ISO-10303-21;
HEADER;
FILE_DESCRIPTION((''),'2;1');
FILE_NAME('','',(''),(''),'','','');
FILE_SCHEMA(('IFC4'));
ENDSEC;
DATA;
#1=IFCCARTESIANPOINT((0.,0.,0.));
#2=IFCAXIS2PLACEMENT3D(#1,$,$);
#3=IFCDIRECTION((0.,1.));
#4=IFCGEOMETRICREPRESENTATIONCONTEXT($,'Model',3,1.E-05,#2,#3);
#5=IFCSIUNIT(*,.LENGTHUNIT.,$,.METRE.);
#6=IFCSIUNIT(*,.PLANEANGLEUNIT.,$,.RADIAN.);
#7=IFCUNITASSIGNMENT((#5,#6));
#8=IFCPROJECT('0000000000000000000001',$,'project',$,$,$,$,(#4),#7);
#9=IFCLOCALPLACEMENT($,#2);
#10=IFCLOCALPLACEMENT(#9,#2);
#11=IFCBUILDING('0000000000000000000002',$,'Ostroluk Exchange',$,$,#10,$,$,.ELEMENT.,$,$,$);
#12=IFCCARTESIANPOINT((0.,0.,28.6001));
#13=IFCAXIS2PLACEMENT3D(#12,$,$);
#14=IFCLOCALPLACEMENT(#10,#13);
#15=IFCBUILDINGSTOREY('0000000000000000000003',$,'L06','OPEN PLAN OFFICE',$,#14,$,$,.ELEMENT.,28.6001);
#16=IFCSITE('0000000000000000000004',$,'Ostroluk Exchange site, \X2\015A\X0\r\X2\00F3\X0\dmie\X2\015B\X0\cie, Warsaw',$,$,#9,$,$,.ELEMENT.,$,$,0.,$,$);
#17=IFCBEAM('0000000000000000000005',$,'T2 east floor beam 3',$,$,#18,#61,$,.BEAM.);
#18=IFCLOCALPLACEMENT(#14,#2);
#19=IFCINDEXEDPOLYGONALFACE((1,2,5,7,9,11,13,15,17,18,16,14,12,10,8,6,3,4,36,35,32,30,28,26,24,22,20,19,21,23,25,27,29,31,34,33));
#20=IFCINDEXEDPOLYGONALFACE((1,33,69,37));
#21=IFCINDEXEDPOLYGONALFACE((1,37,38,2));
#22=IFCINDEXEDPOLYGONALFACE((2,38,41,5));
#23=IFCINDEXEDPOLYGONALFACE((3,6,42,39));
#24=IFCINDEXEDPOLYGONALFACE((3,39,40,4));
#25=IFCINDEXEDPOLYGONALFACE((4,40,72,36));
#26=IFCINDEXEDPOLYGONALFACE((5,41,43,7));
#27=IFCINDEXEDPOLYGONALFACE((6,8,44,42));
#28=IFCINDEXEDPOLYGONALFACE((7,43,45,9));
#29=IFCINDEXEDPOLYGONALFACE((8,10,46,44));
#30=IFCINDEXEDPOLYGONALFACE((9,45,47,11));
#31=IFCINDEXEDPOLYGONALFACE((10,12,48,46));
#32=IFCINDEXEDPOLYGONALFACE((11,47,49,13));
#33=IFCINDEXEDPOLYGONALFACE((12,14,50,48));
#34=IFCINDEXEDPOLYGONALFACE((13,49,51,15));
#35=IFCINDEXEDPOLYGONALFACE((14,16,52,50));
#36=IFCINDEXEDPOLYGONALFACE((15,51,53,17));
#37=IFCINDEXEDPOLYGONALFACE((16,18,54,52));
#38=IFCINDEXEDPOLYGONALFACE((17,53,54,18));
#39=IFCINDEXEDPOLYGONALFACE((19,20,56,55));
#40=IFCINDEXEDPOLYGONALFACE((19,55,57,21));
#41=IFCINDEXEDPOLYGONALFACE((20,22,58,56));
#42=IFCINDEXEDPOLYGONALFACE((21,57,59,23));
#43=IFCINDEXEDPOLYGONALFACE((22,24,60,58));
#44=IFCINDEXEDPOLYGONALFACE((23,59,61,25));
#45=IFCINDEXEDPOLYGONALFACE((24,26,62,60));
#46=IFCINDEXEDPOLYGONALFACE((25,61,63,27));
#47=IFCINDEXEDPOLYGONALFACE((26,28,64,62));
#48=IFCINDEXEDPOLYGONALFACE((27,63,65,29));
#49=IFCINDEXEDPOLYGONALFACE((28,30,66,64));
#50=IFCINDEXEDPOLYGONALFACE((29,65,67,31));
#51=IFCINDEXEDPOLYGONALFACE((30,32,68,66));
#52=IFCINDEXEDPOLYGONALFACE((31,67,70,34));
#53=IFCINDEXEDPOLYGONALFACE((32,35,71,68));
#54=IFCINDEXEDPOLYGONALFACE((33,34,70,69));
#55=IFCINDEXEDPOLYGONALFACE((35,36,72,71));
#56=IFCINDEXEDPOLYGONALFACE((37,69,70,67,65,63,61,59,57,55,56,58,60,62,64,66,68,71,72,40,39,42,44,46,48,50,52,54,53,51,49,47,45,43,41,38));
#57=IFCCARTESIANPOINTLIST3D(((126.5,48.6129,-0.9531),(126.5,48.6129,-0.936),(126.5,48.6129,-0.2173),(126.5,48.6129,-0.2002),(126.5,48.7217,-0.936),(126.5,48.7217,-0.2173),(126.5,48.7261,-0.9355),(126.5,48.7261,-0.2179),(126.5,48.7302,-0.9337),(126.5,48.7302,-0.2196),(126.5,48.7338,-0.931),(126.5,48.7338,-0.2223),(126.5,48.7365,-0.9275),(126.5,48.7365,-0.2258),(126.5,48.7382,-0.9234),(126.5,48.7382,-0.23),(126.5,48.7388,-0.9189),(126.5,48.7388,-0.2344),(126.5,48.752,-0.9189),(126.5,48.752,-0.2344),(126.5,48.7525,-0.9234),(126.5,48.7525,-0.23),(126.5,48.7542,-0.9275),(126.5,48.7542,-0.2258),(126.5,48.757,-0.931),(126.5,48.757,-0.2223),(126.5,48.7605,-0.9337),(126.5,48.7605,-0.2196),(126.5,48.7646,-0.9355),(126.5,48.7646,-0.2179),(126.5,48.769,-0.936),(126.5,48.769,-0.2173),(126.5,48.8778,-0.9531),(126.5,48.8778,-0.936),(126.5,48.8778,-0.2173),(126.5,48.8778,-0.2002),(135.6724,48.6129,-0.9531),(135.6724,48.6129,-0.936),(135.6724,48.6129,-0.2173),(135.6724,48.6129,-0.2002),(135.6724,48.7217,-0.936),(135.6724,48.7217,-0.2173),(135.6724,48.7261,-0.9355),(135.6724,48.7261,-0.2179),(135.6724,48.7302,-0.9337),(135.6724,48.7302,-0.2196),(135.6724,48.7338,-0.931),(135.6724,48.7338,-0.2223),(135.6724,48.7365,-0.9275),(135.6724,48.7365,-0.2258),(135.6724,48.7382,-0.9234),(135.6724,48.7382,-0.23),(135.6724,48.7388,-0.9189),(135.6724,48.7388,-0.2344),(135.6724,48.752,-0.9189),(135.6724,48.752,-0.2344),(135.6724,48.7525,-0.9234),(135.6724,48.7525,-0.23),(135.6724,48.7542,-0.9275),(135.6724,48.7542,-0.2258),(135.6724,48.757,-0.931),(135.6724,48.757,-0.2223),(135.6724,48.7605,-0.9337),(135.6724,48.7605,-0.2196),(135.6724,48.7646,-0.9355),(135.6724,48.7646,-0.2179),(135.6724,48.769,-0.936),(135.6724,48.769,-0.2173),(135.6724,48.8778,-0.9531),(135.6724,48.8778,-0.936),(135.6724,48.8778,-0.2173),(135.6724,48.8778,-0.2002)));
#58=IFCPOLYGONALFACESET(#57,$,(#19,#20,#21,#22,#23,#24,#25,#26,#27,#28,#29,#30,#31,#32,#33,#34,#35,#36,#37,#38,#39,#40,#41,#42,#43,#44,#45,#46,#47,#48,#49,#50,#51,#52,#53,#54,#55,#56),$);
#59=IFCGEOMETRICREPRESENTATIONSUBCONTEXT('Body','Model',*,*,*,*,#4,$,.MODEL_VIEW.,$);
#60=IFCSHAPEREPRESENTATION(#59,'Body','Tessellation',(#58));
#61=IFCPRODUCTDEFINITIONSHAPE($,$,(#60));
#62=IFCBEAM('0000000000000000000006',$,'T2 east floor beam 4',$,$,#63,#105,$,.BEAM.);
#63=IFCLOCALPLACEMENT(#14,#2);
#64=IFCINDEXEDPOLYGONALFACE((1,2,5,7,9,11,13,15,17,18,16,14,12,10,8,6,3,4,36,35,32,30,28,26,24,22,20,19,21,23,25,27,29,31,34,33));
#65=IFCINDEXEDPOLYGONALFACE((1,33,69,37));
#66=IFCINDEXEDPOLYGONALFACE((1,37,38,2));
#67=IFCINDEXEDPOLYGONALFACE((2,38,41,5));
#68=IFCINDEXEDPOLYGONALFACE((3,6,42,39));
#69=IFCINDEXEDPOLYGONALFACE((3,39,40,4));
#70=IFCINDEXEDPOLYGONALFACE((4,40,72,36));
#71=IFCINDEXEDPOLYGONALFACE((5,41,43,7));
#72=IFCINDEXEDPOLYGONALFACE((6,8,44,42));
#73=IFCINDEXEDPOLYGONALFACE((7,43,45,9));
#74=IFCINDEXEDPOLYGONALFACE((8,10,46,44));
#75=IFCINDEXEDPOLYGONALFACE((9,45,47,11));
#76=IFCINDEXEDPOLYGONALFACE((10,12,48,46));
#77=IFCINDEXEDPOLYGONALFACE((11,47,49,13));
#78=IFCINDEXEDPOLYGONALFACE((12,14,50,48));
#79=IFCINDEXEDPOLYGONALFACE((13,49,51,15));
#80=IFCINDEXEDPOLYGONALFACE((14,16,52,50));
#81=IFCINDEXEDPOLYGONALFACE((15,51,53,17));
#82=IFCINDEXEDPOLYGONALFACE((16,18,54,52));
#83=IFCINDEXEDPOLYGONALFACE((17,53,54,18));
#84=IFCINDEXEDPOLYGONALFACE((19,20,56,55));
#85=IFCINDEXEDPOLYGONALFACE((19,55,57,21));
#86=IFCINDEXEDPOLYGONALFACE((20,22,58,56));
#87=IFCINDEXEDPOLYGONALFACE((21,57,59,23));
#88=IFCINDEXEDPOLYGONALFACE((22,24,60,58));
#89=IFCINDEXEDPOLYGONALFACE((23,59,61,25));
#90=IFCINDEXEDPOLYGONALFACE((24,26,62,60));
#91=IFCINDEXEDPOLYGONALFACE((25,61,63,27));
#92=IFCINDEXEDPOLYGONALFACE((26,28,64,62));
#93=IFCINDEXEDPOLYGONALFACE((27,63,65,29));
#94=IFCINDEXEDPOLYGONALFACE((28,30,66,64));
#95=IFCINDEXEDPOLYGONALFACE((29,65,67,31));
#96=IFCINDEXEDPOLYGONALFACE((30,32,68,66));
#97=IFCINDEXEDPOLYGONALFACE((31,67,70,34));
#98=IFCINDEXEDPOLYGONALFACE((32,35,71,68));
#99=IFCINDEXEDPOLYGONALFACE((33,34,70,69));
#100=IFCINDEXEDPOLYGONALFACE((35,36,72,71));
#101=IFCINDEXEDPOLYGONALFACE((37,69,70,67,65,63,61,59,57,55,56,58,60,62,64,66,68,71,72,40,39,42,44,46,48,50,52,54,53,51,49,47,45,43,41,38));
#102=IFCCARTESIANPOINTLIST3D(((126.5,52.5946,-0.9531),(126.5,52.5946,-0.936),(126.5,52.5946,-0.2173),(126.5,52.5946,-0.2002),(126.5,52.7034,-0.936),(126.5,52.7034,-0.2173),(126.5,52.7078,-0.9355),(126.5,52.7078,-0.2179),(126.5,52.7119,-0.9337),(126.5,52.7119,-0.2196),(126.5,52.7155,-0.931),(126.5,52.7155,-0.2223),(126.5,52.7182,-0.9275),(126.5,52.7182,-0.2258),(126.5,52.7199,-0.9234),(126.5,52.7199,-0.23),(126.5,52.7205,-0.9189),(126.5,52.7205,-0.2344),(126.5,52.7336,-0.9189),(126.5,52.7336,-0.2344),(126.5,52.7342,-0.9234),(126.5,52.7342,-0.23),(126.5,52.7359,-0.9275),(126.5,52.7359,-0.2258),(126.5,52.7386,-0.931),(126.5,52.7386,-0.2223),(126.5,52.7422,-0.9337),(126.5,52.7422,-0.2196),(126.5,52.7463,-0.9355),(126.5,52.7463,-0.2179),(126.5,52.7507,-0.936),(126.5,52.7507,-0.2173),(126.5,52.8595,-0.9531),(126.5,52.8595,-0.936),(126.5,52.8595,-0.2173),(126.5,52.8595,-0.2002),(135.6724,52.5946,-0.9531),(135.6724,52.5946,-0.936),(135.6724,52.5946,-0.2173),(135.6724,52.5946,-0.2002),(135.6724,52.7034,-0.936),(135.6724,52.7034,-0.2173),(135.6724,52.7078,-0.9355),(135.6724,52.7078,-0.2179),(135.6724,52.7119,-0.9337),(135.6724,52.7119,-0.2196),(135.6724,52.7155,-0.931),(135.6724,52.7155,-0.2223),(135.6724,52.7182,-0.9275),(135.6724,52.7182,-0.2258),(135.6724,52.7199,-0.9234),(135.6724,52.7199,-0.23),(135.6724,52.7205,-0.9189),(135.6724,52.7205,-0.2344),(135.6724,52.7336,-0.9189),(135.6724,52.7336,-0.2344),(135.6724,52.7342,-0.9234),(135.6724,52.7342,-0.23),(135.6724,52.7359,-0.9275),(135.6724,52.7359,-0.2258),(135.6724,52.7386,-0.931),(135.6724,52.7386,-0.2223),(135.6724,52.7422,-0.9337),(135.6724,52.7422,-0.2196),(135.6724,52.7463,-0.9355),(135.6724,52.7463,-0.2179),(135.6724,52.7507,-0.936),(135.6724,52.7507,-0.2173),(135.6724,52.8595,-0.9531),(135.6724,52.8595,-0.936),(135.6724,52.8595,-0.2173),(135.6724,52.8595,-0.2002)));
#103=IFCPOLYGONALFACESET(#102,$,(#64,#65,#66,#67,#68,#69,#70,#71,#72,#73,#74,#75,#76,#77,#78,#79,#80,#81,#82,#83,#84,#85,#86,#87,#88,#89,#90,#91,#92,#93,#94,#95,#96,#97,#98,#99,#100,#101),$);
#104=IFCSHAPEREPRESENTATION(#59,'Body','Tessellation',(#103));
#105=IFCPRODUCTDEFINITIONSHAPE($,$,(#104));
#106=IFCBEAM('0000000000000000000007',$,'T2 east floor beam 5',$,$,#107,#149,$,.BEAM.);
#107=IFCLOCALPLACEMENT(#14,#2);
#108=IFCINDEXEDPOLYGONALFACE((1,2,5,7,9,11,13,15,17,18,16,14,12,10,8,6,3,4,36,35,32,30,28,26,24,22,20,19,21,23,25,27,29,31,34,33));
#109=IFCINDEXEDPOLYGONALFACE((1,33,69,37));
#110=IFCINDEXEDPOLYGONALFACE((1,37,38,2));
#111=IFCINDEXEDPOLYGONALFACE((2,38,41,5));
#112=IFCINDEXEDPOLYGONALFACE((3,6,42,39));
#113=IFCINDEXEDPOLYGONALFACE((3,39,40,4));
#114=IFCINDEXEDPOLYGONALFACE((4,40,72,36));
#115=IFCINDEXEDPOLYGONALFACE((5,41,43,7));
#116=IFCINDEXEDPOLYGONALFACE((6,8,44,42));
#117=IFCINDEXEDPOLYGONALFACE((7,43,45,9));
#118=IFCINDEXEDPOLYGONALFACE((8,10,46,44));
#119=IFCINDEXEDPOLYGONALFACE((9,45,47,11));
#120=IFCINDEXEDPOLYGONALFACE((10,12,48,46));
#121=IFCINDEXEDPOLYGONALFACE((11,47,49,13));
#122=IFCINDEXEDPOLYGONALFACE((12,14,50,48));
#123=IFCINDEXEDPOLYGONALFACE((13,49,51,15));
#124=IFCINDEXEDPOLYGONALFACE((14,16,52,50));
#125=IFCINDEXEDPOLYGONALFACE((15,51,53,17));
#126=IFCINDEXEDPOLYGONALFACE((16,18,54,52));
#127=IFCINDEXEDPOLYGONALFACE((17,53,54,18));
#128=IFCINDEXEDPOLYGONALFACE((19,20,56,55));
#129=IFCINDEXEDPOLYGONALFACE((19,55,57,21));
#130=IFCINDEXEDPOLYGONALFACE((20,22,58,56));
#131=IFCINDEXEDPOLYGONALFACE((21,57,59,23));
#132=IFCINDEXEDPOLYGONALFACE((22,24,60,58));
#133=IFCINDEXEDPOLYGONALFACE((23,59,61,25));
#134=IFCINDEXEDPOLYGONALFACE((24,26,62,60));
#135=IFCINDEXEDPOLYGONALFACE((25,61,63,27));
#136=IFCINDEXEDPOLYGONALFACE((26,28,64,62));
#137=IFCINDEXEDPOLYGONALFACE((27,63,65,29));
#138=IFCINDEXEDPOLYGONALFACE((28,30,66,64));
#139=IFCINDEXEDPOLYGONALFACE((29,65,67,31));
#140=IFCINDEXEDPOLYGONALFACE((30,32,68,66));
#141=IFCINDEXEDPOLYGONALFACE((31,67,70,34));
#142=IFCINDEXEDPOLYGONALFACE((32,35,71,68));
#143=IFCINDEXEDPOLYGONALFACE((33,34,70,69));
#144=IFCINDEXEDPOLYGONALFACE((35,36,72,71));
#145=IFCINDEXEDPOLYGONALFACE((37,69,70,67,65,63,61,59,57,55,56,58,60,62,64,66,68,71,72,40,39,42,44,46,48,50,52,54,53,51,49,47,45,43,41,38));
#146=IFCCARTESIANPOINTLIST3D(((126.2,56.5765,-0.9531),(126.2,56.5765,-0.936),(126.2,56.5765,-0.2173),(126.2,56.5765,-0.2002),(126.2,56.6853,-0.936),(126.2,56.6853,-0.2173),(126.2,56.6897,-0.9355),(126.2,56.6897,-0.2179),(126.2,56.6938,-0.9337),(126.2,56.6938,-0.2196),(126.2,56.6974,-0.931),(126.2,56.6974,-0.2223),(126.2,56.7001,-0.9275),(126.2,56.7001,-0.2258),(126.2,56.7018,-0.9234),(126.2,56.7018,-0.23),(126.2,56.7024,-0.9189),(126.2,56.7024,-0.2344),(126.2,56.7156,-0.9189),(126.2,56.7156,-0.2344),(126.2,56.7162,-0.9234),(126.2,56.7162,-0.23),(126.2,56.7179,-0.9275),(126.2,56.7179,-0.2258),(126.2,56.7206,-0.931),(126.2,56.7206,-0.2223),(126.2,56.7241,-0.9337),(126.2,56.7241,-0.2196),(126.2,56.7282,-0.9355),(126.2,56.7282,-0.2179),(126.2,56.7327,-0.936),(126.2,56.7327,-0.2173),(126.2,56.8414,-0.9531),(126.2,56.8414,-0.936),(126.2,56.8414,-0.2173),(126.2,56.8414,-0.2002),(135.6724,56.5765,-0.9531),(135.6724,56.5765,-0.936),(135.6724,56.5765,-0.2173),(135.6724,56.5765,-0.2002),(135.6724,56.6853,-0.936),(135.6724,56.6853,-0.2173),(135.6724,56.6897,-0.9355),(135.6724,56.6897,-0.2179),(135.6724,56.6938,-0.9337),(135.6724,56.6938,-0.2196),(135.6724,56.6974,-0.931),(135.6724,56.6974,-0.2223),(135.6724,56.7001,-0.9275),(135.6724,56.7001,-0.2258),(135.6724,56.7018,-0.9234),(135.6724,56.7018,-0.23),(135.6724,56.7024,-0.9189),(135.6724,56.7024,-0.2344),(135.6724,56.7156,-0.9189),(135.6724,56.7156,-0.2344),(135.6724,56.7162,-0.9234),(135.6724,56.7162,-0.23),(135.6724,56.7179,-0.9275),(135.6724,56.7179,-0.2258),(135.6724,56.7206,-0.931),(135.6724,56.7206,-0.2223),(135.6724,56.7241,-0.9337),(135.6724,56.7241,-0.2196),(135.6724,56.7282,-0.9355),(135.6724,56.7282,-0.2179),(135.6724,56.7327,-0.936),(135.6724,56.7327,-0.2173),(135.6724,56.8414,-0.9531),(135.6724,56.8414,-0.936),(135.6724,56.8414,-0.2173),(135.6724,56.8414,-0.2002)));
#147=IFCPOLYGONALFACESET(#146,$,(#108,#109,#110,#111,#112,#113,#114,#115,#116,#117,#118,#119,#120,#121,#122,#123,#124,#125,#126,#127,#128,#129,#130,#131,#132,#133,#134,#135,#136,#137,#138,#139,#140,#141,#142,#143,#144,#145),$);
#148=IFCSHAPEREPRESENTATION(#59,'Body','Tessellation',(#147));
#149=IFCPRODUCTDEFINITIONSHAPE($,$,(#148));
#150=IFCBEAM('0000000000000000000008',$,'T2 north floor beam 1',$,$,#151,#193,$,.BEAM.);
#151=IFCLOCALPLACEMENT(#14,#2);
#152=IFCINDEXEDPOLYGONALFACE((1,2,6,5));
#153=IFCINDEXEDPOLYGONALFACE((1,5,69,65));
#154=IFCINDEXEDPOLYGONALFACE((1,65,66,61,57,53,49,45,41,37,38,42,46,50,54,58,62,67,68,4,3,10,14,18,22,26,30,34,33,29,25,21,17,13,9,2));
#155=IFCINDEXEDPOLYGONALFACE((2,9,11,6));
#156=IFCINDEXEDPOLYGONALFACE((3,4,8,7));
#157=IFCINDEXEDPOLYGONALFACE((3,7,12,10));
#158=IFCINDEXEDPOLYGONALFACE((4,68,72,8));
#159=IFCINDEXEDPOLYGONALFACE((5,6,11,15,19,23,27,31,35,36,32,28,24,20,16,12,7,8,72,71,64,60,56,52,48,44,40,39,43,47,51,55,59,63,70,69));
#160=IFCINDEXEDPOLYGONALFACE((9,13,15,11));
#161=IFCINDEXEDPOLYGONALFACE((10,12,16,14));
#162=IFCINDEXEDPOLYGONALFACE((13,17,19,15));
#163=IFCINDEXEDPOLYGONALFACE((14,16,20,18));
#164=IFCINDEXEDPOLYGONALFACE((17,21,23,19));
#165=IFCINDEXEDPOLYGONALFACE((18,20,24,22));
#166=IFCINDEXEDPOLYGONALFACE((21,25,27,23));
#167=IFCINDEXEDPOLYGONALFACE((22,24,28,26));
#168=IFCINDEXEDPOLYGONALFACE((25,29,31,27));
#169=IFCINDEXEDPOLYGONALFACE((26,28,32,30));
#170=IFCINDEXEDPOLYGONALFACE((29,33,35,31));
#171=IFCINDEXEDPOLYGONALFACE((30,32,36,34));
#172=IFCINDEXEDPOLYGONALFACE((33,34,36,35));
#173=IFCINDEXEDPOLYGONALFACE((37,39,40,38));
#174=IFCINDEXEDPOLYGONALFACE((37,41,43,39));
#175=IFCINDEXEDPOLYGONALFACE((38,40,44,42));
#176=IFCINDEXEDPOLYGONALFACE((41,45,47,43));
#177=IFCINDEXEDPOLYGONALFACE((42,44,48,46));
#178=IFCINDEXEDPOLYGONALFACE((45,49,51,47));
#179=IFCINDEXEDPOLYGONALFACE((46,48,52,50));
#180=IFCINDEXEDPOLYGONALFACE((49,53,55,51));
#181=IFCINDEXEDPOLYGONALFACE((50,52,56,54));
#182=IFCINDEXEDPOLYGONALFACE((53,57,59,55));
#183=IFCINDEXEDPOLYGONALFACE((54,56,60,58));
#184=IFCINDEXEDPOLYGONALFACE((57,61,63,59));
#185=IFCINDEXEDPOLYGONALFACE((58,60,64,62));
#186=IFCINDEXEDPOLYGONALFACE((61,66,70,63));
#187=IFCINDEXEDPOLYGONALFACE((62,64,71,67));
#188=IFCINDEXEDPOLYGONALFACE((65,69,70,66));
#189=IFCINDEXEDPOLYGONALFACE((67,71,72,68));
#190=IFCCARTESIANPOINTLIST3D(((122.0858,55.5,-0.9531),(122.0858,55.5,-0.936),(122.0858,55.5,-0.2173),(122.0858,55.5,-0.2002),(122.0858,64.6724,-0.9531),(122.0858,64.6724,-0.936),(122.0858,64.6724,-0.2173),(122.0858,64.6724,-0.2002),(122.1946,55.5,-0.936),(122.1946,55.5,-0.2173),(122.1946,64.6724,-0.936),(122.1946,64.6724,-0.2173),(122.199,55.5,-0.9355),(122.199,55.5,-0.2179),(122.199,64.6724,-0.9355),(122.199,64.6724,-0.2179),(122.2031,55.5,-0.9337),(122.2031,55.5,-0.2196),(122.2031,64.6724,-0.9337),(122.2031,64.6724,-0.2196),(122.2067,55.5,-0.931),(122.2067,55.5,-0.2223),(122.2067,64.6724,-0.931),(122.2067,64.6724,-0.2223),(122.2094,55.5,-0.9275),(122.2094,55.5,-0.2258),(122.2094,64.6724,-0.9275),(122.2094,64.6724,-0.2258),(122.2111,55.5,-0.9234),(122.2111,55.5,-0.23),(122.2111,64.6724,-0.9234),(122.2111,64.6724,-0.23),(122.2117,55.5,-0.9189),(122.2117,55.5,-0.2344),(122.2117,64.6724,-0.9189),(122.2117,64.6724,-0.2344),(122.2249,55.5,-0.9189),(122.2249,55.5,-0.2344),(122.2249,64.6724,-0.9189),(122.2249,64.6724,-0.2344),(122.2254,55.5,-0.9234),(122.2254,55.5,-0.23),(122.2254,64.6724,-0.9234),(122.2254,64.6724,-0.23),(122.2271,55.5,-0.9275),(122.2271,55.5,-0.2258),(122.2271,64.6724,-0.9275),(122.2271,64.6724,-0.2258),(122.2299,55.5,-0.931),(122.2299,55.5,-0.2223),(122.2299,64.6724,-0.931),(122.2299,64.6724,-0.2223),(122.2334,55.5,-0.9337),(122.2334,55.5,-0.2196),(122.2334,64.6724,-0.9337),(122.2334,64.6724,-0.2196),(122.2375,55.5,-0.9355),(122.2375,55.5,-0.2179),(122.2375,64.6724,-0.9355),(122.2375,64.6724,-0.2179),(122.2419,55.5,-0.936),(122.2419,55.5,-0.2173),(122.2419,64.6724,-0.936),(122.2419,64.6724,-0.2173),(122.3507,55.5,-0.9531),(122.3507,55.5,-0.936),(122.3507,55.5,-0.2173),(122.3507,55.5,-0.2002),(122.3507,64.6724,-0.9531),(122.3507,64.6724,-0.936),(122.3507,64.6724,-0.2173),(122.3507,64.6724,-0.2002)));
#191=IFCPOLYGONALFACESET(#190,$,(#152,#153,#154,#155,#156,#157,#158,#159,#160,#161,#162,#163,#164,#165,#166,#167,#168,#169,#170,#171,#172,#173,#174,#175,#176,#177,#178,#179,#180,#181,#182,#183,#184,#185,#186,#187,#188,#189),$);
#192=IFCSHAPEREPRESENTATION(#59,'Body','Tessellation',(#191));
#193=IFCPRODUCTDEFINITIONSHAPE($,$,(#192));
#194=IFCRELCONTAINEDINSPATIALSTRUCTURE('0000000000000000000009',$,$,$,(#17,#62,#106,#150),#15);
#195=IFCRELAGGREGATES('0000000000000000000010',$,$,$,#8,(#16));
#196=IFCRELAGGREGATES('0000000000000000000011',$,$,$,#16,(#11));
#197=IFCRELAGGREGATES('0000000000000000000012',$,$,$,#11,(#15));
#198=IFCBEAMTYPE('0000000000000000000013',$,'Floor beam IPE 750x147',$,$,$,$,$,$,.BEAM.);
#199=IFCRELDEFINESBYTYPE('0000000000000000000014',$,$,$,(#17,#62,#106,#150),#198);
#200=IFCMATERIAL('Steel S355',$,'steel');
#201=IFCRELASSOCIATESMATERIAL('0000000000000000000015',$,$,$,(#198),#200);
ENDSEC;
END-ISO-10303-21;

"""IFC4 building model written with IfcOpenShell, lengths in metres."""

from ifc_helpers import new_model, si_unit, direction, frame, origin, origin_2d, place, context, subcontext, project, spatial, i_section, extrude, material, material_profile, profile_set, type_object, element, save


model = new_model("IFC4")

# Units and contexts
model_context = context("Model", 3, precision=1e-05, world=origin(), true_north=direction((0.0, 1.0)))
body_context = subcontext(model_context, "Body", "Model", "MODEL_VIEW")
ifc_project = project(units=[si_unit("LENGTHUNIT", "METRE"), si_unit("PLANEANGLEUNIT", "RADIAN")], contexts=[model_context])

# Site, building, storey
site_placement = place(None, origin())
site = spatial("IfcSite", under=ifc_project, at=site_placement, Name="Ostroluk Exchange site, Śródmieście, Warsaw", CompositionType="ELEMENT", RefElevation=0.0)
building_placement = place(site_placement, origin())
building = spatial("IfcBuilding", under=site, at=building_placement, Name="Ostroluk Exchange", CompositionType="ELEMENT")
storey_placement = place(building_placement, frame((0.0, 0.0, 28.6001)))
storey = spatial("IfcBuildingStorey", under=building, at=storey_placement, Name="L06", Description="OPEN PLAN OFFICE", CompositionType="ELEMENT", Elevation=28.6001)

# Beams
ifc_material_1 = material(Name="Steel S355", Category="steel")
ifc_material_profile_1 = material_profile(ifc_material_1, i_section(OverallWidth=0.2649, OverallDepth=0.7529, WebThickness=0.0132, FlangeThickness=0.0171, FilletRadius=0.0171, at=origin_2d()), Name="IPE 750x147")
ifc_profile_set_1 = profile_set([ifc_material_profile_1], Name="Steel S355")
beam_type_1 = type_object("IfcBeamType", Name="Floor beam IPE 750x147", PredefinedType="BEAM", material=ifc_profile_set_1)
for number, where, z_axis, x_axis, name in (
    (1, (126.5, 48.7454, -0.5767), (1.0, 0.0, 0.0), (0.0, 1.0, 0.0), "T2 east floor beam 3"),
    (2, (126.5, 52.7271, -0.5767), (1.0, 0.0, 0.0), (0.0, 1.0, 0.0), "T2 east floor beam 4"),
):
    element("IfcBeam", number, at=place(storey_placement, frame(where, z_axis=z_axis, x_axis=x_axis)), inside=storey, type_object=beam_type_1, Name=name, PredefinedType="BEAM", context=body_context, shape_type="SweptSolid", body=[
        extrude(i_section(OverallWidth=0.2649, OverallDepth=0.7529, WebThickness=0.0132, FlangeThickness=0.0171, FilletRadius=0.0171, at=origin_2d()), origin(), (0.0, 0.0, 1.0), 9.1724),
    ])
beam_1_placement = place(storey_placement, frame((126.2, 56.709, -0.5767), z_axis=(1.0, 0.0, 0.0), x_axis=(0.0, 1.0, 0.0)))
element("IfcBeam", 3, at=beam_1_placement, inside=storey, type_object=beam_type_1, Name="T2 east floor beam 5", PredefinedType="BEAM", context=body_context, shape_type="SweptSolid", body=[
    extrude(i_section(OverallWidth=0.2649, OverallDepth=0.7529, WebThickness=0.0132, FlangeThickness=0.0171, FilletRadius=0.0171, at=origin_2d()), origin(), (0.0, 0.0, 1.0), 9.4724),
])
for number, where, z_axis, x_axis, name in (
    (4, (122.2183, 55.5, -0.5767), (0.0, 1.0, 0.0), (-1.0, 0.0, 0.0), "T2 north floor beam 1"),
):
    element("IfcBeam", number, at=place(storey_placement, frame(where, z_axis=z_axis, x_axis=x_axis)), inside=storey, type_object=beam_type_1, Name=name, PredefinedType="BEAM", context=body_context, shape_type="SweptSolid", body=[
        extrude(i_section(OverallWidth=0.2649, OverallDepth=0.7529, WebThickness=0.0132, FlangeThickness=0.0171, FilletRadius=0.0171, at=origin_2d()), origin(), (0.0, 0.0, 1.0), 9.1724),
    ])

save(model, "model.ifc")
